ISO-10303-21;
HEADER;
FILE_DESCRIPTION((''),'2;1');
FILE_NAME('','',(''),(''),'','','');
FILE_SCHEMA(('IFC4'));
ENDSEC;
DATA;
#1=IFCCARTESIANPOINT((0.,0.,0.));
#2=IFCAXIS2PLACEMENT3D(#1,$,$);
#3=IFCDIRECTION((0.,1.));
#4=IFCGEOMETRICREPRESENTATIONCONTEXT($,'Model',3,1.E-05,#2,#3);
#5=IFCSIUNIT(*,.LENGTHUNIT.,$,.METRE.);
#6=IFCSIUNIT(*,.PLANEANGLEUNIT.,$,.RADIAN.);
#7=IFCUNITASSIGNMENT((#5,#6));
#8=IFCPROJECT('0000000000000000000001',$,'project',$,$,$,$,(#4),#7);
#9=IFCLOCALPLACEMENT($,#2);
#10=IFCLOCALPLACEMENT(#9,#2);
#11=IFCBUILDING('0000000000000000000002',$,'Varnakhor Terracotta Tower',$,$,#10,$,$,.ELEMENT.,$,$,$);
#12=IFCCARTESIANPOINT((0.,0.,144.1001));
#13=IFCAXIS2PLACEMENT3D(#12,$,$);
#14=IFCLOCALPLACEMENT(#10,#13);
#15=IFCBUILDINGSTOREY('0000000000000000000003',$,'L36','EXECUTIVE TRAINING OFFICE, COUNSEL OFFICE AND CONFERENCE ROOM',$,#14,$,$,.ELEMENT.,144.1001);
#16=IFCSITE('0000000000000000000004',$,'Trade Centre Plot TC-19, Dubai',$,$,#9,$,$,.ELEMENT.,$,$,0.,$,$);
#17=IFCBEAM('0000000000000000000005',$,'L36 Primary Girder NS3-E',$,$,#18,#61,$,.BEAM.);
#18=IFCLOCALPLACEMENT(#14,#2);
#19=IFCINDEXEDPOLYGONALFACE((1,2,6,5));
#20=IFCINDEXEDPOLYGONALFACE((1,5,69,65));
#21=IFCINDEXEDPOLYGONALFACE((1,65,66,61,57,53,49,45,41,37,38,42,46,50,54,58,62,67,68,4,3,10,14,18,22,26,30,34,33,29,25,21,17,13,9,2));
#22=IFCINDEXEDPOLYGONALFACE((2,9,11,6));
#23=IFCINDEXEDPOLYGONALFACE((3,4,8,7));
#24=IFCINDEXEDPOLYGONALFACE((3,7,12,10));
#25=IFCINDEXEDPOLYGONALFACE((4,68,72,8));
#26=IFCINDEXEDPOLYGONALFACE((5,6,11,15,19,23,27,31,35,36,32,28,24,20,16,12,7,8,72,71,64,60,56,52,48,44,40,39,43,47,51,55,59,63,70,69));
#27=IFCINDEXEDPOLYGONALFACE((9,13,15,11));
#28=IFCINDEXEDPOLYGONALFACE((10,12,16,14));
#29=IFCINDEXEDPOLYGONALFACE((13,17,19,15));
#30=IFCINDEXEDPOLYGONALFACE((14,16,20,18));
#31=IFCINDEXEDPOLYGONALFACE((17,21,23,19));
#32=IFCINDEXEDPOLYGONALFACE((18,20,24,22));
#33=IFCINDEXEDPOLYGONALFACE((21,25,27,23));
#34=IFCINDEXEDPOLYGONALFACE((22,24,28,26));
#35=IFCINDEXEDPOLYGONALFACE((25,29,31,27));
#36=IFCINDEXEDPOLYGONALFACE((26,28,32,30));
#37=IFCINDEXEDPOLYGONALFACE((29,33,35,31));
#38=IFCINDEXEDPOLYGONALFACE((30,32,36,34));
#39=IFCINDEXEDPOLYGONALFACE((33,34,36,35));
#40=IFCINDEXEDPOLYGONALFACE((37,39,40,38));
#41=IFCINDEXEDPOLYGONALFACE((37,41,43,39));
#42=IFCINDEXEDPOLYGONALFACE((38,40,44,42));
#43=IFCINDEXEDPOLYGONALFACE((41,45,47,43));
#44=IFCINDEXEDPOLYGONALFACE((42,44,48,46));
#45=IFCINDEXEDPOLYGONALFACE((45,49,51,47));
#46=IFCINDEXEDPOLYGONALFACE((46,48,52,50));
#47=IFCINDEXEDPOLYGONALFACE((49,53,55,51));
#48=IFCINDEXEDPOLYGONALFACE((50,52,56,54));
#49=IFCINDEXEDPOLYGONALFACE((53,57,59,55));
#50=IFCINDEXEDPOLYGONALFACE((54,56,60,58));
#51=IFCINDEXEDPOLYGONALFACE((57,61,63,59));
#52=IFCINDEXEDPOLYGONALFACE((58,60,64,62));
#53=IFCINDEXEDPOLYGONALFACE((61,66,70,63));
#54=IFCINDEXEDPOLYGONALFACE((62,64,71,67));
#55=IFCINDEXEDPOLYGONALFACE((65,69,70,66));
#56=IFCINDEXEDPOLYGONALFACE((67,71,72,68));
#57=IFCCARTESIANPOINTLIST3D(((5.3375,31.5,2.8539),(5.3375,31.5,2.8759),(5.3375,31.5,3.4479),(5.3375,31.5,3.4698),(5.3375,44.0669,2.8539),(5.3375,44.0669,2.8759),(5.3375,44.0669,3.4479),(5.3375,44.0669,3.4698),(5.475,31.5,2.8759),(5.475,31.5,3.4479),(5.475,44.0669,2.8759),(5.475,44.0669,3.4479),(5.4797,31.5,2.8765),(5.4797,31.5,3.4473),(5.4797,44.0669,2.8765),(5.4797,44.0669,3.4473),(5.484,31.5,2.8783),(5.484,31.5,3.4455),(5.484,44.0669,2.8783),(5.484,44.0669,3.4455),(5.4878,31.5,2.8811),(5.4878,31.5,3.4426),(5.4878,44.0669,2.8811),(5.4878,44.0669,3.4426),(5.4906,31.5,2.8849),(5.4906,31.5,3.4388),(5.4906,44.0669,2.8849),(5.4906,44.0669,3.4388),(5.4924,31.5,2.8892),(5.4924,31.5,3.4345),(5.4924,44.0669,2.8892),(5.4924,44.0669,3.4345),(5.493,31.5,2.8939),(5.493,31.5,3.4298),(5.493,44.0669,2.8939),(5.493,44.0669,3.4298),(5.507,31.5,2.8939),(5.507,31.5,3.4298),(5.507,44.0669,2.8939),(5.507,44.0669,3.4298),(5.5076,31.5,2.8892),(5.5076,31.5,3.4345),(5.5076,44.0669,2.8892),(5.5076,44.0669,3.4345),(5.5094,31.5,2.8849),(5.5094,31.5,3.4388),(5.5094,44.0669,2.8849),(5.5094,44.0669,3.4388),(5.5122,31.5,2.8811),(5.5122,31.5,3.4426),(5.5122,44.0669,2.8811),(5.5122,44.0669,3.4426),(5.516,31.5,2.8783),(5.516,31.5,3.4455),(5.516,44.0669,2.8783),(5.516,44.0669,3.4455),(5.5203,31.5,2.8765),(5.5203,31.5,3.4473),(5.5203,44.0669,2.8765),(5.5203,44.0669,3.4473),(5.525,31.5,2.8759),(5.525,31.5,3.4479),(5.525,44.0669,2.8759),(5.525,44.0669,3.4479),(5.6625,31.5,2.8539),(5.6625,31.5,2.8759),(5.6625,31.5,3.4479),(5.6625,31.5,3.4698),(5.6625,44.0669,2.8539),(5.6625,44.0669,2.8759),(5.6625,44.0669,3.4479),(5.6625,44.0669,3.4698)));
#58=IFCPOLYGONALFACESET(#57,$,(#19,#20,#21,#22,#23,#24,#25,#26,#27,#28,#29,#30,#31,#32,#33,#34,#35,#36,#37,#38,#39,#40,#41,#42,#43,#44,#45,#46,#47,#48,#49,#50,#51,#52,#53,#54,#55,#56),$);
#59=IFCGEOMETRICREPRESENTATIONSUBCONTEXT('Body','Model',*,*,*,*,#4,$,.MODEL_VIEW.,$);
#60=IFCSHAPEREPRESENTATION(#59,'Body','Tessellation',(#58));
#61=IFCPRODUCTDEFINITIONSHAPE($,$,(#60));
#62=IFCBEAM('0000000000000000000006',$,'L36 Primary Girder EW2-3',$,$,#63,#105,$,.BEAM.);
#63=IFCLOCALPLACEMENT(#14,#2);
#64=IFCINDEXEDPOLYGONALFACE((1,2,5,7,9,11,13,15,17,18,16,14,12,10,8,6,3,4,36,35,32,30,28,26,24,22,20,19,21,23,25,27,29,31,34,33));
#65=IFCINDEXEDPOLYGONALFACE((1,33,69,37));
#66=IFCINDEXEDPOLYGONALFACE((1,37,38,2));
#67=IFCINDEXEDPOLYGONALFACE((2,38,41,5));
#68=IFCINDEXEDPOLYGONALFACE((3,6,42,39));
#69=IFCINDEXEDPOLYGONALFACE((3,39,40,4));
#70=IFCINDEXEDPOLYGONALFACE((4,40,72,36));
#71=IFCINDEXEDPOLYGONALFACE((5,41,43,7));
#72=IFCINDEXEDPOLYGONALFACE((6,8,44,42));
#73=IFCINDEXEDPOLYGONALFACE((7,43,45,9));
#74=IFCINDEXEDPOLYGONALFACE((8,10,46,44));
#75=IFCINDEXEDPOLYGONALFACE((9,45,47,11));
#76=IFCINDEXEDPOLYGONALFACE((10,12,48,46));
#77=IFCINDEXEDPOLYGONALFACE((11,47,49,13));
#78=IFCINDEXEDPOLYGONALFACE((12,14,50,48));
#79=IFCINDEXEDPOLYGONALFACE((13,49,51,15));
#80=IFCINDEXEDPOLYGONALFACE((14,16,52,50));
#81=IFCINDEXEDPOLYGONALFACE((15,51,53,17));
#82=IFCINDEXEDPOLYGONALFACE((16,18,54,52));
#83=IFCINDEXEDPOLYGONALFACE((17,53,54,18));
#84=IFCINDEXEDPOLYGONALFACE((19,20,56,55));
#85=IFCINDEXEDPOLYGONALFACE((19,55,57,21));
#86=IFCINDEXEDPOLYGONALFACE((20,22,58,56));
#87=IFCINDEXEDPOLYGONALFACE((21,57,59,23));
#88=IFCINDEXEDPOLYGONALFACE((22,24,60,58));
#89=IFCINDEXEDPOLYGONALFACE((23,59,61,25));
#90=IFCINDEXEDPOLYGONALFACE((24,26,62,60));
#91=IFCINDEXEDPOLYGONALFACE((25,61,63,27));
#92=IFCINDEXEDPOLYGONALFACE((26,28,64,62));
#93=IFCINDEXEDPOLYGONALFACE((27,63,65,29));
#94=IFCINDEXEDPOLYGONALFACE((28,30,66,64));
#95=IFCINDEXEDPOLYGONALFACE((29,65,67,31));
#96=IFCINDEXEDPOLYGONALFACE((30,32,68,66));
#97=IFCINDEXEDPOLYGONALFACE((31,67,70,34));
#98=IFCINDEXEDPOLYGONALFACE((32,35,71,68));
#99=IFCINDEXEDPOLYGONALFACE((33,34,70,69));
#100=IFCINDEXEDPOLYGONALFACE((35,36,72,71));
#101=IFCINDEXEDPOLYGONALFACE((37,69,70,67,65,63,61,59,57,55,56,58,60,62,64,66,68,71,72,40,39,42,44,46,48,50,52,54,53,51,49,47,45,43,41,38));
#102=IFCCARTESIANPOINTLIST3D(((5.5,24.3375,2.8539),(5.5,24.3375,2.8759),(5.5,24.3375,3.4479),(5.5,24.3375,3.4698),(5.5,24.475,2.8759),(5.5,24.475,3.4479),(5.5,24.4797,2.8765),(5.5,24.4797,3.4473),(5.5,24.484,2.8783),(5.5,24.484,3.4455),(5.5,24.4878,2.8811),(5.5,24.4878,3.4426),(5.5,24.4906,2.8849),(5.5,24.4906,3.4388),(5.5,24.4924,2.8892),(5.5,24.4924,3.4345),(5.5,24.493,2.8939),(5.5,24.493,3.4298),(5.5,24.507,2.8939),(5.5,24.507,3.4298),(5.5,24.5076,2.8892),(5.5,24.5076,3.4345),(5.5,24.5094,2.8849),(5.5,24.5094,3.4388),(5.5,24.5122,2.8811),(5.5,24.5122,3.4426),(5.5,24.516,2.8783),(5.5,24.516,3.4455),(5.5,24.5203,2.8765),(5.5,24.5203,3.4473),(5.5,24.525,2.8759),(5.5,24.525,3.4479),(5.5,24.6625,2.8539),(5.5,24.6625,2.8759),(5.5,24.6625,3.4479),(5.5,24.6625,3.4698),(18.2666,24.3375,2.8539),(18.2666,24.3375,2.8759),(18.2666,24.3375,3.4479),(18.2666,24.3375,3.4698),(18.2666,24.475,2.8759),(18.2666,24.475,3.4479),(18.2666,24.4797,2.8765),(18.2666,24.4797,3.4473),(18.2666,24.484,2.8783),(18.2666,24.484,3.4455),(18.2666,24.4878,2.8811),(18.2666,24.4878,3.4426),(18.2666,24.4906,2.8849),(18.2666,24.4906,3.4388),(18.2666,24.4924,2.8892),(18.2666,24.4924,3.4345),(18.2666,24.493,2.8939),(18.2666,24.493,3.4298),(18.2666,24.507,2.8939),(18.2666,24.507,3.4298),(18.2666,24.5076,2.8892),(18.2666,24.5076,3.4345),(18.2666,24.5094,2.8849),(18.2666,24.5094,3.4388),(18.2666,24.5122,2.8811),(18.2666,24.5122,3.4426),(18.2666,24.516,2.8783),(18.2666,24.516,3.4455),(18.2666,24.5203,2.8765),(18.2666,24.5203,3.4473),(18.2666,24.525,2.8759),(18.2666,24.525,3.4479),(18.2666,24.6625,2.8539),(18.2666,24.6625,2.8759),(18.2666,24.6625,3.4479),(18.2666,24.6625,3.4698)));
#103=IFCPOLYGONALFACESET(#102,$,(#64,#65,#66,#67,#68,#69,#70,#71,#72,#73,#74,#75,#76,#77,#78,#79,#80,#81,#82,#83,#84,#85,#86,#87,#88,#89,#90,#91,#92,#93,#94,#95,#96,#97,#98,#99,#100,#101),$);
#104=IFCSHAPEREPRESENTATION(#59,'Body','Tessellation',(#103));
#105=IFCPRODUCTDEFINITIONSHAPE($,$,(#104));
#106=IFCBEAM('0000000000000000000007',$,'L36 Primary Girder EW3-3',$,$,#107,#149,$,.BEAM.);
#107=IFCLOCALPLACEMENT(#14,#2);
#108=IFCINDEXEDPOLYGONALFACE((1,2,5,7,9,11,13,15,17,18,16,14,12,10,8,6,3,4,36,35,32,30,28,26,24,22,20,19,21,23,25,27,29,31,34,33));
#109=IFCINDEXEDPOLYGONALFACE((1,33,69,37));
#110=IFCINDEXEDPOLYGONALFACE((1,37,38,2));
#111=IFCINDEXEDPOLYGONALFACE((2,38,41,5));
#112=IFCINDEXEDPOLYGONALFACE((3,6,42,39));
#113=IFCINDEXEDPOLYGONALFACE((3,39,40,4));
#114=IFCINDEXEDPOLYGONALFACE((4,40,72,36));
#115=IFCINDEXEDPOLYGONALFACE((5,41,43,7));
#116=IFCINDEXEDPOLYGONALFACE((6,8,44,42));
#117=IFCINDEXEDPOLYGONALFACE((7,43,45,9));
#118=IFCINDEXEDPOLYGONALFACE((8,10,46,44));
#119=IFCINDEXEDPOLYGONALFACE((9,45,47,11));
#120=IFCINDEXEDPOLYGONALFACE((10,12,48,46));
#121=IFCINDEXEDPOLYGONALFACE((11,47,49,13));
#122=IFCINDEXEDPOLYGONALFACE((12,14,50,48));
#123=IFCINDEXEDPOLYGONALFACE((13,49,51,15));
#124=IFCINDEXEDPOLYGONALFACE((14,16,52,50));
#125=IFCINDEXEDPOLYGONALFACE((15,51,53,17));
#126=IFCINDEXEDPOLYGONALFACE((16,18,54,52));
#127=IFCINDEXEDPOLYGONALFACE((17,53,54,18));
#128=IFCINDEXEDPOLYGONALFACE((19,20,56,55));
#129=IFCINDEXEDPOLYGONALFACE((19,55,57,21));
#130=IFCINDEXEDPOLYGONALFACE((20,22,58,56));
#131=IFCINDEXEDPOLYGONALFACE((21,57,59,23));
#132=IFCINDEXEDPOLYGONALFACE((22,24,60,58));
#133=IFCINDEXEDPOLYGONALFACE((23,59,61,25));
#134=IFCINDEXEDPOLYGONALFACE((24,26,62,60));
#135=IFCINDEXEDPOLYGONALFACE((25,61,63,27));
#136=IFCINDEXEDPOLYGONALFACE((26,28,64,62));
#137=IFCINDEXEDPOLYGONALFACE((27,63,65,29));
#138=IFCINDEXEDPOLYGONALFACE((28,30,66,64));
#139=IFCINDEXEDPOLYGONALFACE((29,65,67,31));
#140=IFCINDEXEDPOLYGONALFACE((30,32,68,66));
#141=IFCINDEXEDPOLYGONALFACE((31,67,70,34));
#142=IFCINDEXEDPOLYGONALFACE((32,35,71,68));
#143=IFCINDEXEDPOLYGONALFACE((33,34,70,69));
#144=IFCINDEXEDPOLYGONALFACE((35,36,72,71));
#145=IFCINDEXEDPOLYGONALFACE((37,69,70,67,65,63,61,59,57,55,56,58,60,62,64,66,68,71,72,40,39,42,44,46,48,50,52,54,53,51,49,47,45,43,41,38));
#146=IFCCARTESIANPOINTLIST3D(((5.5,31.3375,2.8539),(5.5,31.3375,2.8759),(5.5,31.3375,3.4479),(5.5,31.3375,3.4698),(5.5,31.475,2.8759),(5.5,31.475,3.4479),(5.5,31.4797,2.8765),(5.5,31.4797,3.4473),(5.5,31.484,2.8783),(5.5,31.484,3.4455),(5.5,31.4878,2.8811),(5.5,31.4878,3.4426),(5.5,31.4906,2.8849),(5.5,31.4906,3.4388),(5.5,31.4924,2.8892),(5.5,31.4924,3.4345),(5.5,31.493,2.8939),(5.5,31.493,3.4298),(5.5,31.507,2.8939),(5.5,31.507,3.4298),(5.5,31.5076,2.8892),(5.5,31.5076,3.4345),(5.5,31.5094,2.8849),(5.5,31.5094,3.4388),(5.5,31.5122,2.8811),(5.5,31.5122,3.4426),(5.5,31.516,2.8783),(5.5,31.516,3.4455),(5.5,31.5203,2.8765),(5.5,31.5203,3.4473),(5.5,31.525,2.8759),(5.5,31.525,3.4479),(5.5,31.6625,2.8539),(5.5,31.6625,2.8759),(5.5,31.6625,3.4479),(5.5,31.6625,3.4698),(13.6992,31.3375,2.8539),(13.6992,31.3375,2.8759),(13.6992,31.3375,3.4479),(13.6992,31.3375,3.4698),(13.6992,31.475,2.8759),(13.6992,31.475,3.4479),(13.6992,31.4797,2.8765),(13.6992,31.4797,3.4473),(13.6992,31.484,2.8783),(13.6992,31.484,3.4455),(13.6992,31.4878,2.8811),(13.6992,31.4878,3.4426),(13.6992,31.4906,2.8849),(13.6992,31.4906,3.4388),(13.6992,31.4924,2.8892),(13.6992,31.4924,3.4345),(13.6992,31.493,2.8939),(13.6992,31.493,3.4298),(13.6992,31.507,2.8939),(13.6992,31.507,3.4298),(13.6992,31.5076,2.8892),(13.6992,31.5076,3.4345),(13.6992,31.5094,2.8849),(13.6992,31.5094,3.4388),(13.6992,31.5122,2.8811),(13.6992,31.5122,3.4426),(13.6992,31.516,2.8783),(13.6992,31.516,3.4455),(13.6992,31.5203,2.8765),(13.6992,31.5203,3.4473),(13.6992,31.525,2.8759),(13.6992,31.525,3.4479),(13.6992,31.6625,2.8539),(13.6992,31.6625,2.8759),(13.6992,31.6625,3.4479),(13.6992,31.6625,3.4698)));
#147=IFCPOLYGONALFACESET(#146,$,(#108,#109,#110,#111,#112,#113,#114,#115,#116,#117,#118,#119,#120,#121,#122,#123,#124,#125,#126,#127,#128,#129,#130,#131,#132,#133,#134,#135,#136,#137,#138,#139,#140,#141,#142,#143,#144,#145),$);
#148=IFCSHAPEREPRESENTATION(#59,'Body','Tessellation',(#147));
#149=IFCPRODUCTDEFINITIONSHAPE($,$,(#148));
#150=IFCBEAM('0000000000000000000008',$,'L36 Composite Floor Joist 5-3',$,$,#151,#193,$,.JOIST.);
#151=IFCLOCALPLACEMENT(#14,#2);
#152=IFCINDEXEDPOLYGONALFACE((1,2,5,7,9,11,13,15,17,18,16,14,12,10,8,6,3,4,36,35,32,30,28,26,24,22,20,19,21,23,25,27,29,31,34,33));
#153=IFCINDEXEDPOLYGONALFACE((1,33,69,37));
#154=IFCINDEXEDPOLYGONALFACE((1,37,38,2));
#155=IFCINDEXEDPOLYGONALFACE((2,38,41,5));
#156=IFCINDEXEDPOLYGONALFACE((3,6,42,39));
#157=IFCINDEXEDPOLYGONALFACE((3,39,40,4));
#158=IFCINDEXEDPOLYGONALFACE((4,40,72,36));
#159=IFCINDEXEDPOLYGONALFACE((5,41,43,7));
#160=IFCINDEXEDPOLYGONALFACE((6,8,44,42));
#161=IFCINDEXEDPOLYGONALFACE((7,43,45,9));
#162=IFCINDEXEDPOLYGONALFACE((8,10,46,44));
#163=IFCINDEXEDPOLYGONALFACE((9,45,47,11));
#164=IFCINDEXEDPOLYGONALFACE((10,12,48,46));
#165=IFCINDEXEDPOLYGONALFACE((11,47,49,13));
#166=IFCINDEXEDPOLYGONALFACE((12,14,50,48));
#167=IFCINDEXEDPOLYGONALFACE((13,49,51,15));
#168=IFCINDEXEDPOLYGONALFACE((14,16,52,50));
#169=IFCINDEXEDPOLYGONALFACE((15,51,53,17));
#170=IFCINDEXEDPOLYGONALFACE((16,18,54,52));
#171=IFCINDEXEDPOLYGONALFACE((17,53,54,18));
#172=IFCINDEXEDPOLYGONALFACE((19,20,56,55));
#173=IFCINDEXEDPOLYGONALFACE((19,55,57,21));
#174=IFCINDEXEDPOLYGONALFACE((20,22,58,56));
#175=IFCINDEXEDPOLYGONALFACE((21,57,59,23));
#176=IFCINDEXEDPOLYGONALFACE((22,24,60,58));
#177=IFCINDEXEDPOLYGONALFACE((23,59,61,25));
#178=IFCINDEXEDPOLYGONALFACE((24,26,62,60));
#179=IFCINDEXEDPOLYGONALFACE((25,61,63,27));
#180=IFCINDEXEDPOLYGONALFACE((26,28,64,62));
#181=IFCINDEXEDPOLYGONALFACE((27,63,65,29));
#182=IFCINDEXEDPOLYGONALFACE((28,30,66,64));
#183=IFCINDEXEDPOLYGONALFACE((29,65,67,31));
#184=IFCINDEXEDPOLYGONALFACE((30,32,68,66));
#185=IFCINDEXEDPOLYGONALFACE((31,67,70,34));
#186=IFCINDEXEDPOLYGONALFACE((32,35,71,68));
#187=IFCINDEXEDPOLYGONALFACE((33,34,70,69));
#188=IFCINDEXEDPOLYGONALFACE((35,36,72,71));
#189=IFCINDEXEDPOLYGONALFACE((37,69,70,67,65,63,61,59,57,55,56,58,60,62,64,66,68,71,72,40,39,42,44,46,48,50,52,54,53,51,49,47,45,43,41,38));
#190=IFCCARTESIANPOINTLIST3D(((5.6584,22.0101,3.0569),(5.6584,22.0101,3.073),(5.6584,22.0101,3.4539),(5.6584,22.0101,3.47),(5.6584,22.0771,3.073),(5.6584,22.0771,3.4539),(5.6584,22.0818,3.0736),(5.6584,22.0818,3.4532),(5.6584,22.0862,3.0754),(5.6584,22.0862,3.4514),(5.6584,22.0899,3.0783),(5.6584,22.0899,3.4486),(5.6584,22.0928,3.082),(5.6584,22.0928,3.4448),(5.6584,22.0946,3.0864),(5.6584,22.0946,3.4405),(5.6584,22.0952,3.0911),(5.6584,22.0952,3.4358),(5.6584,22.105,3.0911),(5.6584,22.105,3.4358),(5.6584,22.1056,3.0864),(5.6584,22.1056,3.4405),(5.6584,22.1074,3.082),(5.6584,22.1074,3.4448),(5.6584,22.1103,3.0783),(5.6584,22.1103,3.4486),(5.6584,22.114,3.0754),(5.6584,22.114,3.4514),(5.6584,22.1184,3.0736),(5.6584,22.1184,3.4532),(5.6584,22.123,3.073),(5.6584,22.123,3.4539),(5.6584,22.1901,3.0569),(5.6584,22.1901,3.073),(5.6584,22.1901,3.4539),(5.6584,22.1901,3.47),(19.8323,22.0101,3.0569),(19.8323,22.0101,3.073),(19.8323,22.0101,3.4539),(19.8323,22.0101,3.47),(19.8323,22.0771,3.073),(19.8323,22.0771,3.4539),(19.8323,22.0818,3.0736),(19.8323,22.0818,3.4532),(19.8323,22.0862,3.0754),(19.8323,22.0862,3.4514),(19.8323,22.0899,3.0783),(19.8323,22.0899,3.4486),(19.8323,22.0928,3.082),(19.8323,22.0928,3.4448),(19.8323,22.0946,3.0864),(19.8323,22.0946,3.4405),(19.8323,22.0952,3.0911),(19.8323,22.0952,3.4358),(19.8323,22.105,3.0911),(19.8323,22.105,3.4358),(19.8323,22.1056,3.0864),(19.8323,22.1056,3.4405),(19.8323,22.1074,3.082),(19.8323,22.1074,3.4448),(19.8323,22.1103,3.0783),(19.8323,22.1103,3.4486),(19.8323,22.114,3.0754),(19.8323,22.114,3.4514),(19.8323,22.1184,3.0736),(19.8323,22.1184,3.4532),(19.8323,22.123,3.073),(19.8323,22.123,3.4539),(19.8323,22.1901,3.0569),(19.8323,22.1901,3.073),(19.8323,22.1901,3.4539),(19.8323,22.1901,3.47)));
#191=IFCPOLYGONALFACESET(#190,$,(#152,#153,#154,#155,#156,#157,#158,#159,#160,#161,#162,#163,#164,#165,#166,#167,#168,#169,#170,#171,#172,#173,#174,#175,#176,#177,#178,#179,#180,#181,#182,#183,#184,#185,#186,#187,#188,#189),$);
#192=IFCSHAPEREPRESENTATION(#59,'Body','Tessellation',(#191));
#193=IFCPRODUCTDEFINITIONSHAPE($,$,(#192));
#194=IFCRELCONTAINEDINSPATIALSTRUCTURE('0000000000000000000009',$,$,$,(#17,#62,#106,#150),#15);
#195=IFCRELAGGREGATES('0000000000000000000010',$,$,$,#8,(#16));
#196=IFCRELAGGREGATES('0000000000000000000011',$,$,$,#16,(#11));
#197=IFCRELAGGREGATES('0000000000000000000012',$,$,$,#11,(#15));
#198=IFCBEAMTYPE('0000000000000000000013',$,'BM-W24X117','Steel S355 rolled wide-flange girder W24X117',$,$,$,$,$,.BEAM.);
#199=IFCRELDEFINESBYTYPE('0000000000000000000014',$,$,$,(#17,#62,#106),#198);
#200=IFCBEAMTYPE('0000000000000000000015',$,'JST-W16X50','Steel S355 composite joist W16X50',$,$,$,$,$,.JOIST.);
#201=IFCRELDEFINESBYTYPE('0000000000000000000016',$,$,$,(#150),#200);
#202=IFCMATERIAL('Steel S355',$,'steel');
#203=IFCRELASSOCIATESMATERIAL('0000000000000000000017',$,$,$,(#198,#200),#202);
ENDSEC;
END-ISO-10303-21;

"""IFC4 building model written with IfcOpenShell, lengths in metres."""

from ifc_helpers import new_model, si_unit, direction, frame, origin, origin_2d, place, context, subcontext, project, spatial, i_section, extrude, source, transform, mapped, material, material_profile, profile_set, type_object, element, save


model = new_model("IFC4")

# Units and contexts
model_context = context("Model", 3, precision=1e-05, world=origin(), true_north=direction((0.0, 1.0)))
body_context = subcontext(model_context, "Body", "Model", "MODEL_VIEW")
ifc_project = project(units=[si_unit("LENGTHUNIT", "METRE"), si_unit("PLANEANGLEUNIT", "RADIAN")], contexts=[model_context])

# Site, building, storey
site_placement = place(None, origin())
site = spatial("IfcSite", under=ifc_project, at=site_placement, Name="Trade Centre Plot TC-19, Dubai", CompositionType="ELEMENT", RefElevation=0.0)
building_placement = place(site_placement, origin())
building = spatial("IfcBuilding", under=site, at=building_placement, Name="Varnakhor Terracotta Tower", CompositionType="ELEMENT")
storey_placement = place(building_placement, frame((0.0, 0.0, 144.1001)))
storey = spatial("IfcBuildingStorey", under=building, at=storey_placement, Name="L36", Description="EXECUTIVE TRAINING OFFICE, COUNSEL OFFICE AND CONFERENCE ROOM", CompositionType="ELEMENT", Elevation=144.1001)

# Beams
ifc_material_1 = material(Name="Steel S355", Category="steel")
ifc_material_profile_1 = material_profile(ifc_material_1, i_section(OverallWidth=0.325, OverallDepth=0.616, WebThickness=0.0139, FlangeThickness=0.022, FilletRadius=0.0181, at=origin_2d()), Name="W24X117")
ifc_profile_set_1 = profile_set([ifc_material_profile_1], Name="Steel S355")
beam_type_1 = type_object("IfcBeamType", Name="BM-W24X117", Description="Steel S355 rolled wide-flange girder W24X117", PredefinedType="BEAM", material=ifc_profile_set_1)
shared_shape_1 = source(origin(), body_context, "Body", "SweptSolid", [
    extrude(i_section(OverallWidth=0.325, OverallDepth=0.616, WebThickness=0.0139, FlangeThickness=0.022, FilletRadius=0.0181, at=origin_2d()), origin(), (0.0, 0.0, 1.0), 12.5669),
])
beam_1_placement = place(storey_placement, frame((5.5, 31.5, 3.1619), z_axis=(0.0, 1.0, 0.0), x_axis=(-1.0, 0.0, 0.0)))
element("IfcBeam", 1, at=beam_1_placement, inside=storey, type_object=beam_type_1, Name="L36 Primary Girder NS3-E", PredefinedType="BEAM", context=body_context, shape_type="MappedRepresentation", body=[
    mapped(shared_shape_1, transform((0.0, 0.0, 0.0), scale=1.0)),
])
shared_shape_2 = source(origin(), body_context, "Body", "SweptSolid", [
    extrude(i_section(OverallWidth=0.325, OverallDepth=0.616, WebThickness=0.0139, FlangeThickness=0.022, FilletRadius=0.0181, at=origin_2d()), origin(), (0.0, 0.0, 1.0), 12.7666),
])
beam_2_placement = place(storey_placement, frame((5.5, 24.5, 3.1619), z_axis=(1.0, 0.0, 0.0), x_axis=(0.0, 1.0, 0.0)))
element("IfcBeam", 2, at=beam_2_placement, inside=storey, type_object=beam_type_1, Name="L36 Primary Girder EW2-3", PredefinedType="BEAM", context=body_context, shape_type="MappedRepresentation", body=[
    mapped(shared_shape_2, transform((0.0, 0.0, 0.0), scale=1.0)),
])
shared_shape_3 = source(origin(), body_context, "Body", "SweptSolid", [
    extrude(i_section(OverallWidth=0.325, OverallDepth=0.616, WebThickness=0.0139, FlangeThickness=0.022, FilletRadius=0.0181, at=origin_2d()), origin(), (0.0, 0.0, 1.0), 8.1992),
])
beam_3_placement = place(storey_placement, frame((5.5, 31.5, 3.1619), z_axis=(1.0, 0.0, 0.0), x_axis=(0.0, 1.0, 0.0)))
element("IfcBeam", 3, at=beam_3_placement, inside=storey, type_object=beam_type_1, Name="L36 Primary Girder EW3-3", PredefinedType="BEAM", context=body_context, shape_type="MappedRepresentation", body=[
    mapped(shared_shape_3, transform((0.0, 0.0, 0.0), scale=1.0)),
])
ifc_material_profile_2 = material_profile(ifc_material_1, i_section(OverallWidth=0.1799, OverallDepth=0.4131, WebThickness=0.0098, FlangeThickness=0.0161, FilletRadius=0.0181, at=origin_2d()), Name="W16X50")
ifc_profile_set_2 = profile_set([ifc_material_profile_2], Name="Steel S355")
beam_type_2 = type_object("IfcBeamType", Name="JST-W16X50", Description="Steel S355 composite joist W16X50", PredefinedType="JOIST", material=ifc_profile_set_2)
shared_shape_4 = source(origin(), body_context, "Body", "SweptSolid", [
    extrude(i_section(OverallWidth=0.1799, OverallDepth=0.4131, WebThickness=0.0098, FlangeThickness=0.0161, FilletRadius=0.0181, at=origin_2d()), origin(), (0.0, 0.0, 1.0), 14.1738),
])
beam_4_placement = place(storey_placement, frame((5.6584, 22.1001, 3.2634), z_axis=(1.0, 0.0, 0.0), x_axis=(0.0, 1.0, 0.0)))
element("IfcBeam", 4, at=beam_4_placement, inside=storey, type_object=beam_type_2, Name="L36 Composite Floor Joist 5-3", PredefinedType="JOIST", context=body_context, shape_type="MappedRepresentation", body=[
    mapped(shared_shape_4, transform((0.0, 0.0, 0.0), scale=1.0)),
])

save(model, "model.ifc")
